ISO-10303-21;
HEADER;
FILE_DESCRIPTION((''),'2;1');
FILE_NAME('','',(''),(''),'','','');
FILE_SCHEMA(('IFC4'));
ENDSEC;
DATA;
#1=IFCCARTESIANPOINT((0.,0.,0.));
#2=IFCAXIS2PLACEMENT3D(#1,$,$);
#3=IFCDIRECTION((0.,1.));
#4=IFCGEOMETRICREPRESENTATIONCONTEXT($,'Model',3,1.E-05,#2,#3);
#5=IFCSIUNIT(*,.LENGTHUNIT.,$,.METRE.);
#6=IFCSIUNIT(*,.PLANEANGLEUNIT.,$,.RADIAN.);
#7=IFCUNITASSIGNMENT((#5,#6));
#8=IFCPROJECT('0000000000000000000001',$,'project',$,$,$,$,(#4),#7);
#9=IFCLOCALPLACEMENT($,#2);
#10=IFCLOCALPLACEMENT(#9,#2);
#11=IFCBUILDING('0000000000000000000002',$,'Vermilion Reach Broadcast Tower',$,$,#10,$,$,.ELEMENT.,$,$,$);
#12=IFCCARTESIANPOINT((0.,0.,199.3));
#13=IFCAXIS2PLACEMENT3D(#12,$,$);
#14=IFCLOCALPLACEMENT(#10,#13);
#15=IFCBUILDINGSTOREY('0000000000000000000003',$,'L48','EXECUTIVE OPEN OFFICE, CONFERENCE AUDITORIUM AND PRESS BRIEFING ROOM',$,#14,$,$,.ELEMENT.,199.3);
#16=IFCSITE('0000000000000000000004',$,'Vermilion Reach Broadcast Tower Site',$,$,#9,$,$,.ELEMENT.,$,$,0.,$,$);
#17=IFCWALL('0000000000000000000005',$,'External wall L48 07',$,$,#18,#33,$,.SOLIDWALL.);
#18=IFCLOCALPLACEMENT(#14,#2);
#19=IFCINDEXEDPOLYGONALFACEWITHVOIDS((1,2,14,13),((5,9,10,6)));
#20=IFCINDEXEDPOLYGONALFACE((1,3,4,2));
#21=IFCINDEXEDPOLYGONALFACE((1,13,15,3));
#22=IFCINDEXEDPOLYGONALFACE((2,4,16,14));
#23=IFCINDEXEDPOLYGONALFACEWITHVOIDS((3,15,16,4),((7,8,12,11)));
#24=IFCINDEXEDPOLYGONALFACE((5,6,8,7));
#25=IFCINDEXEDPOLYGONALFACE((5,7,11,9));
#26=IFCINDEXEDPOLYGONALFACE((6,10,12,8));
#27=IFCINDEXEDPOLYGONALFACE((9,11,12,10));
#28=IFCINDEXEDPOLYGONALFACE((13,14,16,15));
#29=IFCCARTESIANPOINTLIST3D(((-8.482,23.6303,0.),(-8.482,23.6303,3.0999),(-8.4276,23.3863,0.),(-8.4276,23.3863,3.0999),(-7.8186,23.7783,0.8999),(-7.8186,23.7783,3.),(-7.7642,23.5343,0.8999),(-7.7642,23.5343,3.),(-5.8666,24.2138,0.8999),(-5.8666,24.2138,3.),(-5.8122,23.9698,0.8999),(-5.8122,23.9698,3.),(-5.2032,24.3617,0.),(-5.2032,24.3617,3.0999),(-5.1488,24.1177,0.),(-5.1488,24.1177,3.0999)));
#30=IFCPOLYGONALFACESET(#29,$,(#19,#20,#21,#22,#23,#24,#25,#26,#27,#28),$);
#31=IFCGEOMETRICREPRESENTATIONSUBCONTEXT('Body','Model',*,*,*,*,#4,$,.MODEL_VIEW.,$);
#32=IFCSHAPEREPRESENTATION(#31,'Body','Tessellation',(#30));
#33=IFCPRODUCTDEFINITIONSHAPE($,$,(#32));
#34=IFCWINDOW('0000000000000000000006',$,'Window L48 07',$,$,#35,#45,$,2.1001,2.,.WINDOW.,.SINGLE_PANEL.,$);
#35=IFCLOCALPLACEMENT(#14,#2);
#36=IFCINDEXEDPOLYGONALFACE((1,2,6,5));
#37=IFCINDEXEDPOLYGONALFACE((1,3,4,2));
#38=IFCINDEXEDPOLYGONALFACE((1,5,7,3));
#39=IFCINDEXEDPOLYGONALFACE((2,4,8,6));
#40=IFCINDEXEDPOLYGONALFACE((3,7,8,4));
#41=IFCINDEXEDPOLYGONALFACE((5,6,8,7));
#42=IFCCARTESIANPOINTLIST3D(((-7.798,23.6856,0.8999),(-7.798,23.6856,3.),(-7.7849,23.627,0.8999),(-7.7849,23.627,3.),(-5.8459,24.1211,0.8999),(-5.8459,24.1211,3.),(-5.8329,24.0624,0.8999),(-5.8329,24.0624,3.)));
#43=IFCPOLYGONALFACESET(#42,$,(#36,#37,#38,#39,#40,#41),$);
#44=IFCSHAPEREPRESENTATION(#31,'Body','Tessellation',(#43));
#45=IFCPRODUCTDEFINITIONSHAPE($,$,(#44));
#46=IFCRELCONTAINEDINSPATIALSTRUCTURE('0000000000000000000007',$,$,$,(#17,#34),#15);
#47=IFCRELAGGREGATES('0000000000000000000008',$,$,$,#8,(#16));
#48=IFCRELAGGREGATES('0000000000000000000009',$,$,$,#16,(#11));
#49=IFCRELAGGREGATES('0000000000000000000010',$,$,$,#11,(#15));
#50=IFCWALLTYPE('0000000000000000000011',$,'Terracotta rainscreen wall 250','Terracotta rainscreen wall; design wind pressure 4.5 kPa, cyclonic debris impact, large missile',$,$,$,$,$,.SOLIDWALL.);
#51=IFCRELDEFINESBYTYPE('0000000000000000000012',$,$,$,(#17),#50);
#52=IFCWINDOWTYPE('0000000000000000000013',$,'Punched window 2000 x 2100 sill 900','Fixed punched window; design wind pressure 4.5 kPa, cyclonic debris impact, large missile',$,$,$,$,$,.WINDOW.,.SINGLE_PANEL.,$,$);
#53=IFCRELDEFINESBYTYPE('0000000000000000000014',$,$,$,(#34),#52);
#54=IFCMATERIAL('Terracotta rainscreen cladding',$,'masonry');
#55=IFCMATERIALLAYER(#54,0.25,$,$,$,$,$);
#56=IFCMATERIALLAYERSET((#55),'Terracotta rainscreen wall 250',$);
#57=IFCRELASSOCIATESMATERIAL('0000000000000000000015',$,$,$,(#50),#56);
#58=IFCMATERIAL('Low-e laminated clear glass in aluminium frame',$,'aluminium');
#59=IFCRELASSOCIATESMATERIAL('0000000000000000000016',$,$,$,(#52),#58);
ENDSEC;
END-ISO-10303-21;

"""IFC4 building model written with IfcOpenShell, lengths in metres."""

from ifc_helpers import new_model, si_unit, direction, frame, frame_2d, origin, place, context, subcontext, project, spatial, rectangle, extrude, material, layer, layer_set, type_object, element, fill, save


model = new_model("IFC4")

# Units and contexts
model_context = context("Model", 3, precision=1e-05, world=origin(), true_north=direction((0.0, 1.0)))
body_context = subcontext(model_context, "Body", "Model", "MODEL_VIEW")
ifc_project = project(units=[si_unit("LENGTHUNIT", "METRE"), si_unit("PLANEANGLEUNIT", "RADIAN")], contexts=[model_context])

# Site, building, storey
site_placement = place(None, origin())
site = spatial("IfcSite", under=ifc_project, at=site_placement, Name="Vermilion Reach Broadcast Tower Site", CompositionType="ELEMENT", RefElevation=0.0)
building_placement = place(site_placement, origin())
building = spatial("IfcBuilding", under=site, at=building_placement, Name="Vermilion Reach Broadcast Tower", CompositionType="ELEMENT")
storey_placement = place(building_placement, frame((0.0, 0.0, 199.3)))
storey = spatial("IfcBuildingStorey", under=building, at=storey_placement, Name="L48", Description="EXECUTIVE OPEN OFFICE, CONFERENCE AUDITORIUM AND PRESS BRIEFING ROOM", CompositionType="ELEMENT", Elevation=199.3)

# Shared definitions
ifc_material_1 = material(Name="Terracotta rainscreen cladding", Category="masonry")
ifc_layer_1 = layer(ifc_material_1, 0.25)
ifc_layer_set_1 = layer_set([ifc_layer_1], Name="Terracotta rainscreen wall 250")
wall_type_1 = type_object("IfcWallType", Name="Terracotta rainscreen wall 250", Description="Terracotta rainscreen wall; design wind pressure 4.5 kPa, cyclonic debris impact, large missile", PredefinedType="SOLIDWALL", material=ifc_layer_set_1)
ifc_material_2 = material(Name="Low-e laminated clear glass in aluminium frame", Category="aluminium")
window_type = type_object("IfcWindowType", Name="Punched window 2000 x 2100 sill 900", Description="Fixed punched window; design wind pressure 4.5 kPa, cyclonic debris impact, large missile", PartitioningType="SINGLE_PANEL", PredefinedType="WINDOW", material=ifc_material_2)

# Wall, opening, window
wall_1_placement = place(storey_placement, frame((-5.176, 24.2397, 0.0), z_axis=(0.0, 0.0, 1.0), x_axis=(-0.976009, -0.217731, 0.0)))
wall_1 = element("IfcWall", 1, at=wall_1_placement, inside=storey, type_object=wall_type_1, Name="External wall L48 07", PredefinedType="SOLIDWALL", context=body_context, shape_type="SweptSolid", body=[
    extrude(rectangle(XDim=3.3594, YDim=0.25, at=frame_2d((1.6797, 0.0))), origin(), (0.0, 0.0, 1.0), 3.0999),
])
opening_1_placement = place(wall_1_placement, frame((0.6797, 0.0, 0.8999)))
opening_1 = element("IfcOpeningElement", 2, at=opening_1_placement, cuts=wall_1, PredefinedType="OPENING", context=body_context, shape_type="SweptSolid", body=[
    extrude(rectangle(XDim=2.0, YDim=2.1001, at=frame_2d((1.0, 1.05))), frame((0.0, 0.135, 0.0), z_axis=(0.0, -1.0, 0.0), x_axis=(1.0, 0.0, 0.0)), (0.0, 0.0, 1.0), 0.27),
])
window_1_placement = place(opening_1_placement, origin())
window_1 = element("IfcWindow", 3, at=window_1_placement, inside=storey, type_object=window_type, Name="Window L48 07", OverallHeight=2.1001, OverallWidth=2.0, PartitioningType="SINGLE_PANEL", PredefinedType="WINDOW", context=body_context, shape_type="SweptSolid", body=[
    extrude(rectangle(XDim=2.0, YDim=2.1001, at=frame_2d((1.0, 1.05))), frame((0.0, 0.03, 0.0), z_axis=(0.0, -1.0, 0.0), x_axis=(1.0, 0.0, 0.0)), (0.0, 0.0, 1.0), 0.0601),
])
fill(opening_1, window_1)

save(model, "model.ifc")
